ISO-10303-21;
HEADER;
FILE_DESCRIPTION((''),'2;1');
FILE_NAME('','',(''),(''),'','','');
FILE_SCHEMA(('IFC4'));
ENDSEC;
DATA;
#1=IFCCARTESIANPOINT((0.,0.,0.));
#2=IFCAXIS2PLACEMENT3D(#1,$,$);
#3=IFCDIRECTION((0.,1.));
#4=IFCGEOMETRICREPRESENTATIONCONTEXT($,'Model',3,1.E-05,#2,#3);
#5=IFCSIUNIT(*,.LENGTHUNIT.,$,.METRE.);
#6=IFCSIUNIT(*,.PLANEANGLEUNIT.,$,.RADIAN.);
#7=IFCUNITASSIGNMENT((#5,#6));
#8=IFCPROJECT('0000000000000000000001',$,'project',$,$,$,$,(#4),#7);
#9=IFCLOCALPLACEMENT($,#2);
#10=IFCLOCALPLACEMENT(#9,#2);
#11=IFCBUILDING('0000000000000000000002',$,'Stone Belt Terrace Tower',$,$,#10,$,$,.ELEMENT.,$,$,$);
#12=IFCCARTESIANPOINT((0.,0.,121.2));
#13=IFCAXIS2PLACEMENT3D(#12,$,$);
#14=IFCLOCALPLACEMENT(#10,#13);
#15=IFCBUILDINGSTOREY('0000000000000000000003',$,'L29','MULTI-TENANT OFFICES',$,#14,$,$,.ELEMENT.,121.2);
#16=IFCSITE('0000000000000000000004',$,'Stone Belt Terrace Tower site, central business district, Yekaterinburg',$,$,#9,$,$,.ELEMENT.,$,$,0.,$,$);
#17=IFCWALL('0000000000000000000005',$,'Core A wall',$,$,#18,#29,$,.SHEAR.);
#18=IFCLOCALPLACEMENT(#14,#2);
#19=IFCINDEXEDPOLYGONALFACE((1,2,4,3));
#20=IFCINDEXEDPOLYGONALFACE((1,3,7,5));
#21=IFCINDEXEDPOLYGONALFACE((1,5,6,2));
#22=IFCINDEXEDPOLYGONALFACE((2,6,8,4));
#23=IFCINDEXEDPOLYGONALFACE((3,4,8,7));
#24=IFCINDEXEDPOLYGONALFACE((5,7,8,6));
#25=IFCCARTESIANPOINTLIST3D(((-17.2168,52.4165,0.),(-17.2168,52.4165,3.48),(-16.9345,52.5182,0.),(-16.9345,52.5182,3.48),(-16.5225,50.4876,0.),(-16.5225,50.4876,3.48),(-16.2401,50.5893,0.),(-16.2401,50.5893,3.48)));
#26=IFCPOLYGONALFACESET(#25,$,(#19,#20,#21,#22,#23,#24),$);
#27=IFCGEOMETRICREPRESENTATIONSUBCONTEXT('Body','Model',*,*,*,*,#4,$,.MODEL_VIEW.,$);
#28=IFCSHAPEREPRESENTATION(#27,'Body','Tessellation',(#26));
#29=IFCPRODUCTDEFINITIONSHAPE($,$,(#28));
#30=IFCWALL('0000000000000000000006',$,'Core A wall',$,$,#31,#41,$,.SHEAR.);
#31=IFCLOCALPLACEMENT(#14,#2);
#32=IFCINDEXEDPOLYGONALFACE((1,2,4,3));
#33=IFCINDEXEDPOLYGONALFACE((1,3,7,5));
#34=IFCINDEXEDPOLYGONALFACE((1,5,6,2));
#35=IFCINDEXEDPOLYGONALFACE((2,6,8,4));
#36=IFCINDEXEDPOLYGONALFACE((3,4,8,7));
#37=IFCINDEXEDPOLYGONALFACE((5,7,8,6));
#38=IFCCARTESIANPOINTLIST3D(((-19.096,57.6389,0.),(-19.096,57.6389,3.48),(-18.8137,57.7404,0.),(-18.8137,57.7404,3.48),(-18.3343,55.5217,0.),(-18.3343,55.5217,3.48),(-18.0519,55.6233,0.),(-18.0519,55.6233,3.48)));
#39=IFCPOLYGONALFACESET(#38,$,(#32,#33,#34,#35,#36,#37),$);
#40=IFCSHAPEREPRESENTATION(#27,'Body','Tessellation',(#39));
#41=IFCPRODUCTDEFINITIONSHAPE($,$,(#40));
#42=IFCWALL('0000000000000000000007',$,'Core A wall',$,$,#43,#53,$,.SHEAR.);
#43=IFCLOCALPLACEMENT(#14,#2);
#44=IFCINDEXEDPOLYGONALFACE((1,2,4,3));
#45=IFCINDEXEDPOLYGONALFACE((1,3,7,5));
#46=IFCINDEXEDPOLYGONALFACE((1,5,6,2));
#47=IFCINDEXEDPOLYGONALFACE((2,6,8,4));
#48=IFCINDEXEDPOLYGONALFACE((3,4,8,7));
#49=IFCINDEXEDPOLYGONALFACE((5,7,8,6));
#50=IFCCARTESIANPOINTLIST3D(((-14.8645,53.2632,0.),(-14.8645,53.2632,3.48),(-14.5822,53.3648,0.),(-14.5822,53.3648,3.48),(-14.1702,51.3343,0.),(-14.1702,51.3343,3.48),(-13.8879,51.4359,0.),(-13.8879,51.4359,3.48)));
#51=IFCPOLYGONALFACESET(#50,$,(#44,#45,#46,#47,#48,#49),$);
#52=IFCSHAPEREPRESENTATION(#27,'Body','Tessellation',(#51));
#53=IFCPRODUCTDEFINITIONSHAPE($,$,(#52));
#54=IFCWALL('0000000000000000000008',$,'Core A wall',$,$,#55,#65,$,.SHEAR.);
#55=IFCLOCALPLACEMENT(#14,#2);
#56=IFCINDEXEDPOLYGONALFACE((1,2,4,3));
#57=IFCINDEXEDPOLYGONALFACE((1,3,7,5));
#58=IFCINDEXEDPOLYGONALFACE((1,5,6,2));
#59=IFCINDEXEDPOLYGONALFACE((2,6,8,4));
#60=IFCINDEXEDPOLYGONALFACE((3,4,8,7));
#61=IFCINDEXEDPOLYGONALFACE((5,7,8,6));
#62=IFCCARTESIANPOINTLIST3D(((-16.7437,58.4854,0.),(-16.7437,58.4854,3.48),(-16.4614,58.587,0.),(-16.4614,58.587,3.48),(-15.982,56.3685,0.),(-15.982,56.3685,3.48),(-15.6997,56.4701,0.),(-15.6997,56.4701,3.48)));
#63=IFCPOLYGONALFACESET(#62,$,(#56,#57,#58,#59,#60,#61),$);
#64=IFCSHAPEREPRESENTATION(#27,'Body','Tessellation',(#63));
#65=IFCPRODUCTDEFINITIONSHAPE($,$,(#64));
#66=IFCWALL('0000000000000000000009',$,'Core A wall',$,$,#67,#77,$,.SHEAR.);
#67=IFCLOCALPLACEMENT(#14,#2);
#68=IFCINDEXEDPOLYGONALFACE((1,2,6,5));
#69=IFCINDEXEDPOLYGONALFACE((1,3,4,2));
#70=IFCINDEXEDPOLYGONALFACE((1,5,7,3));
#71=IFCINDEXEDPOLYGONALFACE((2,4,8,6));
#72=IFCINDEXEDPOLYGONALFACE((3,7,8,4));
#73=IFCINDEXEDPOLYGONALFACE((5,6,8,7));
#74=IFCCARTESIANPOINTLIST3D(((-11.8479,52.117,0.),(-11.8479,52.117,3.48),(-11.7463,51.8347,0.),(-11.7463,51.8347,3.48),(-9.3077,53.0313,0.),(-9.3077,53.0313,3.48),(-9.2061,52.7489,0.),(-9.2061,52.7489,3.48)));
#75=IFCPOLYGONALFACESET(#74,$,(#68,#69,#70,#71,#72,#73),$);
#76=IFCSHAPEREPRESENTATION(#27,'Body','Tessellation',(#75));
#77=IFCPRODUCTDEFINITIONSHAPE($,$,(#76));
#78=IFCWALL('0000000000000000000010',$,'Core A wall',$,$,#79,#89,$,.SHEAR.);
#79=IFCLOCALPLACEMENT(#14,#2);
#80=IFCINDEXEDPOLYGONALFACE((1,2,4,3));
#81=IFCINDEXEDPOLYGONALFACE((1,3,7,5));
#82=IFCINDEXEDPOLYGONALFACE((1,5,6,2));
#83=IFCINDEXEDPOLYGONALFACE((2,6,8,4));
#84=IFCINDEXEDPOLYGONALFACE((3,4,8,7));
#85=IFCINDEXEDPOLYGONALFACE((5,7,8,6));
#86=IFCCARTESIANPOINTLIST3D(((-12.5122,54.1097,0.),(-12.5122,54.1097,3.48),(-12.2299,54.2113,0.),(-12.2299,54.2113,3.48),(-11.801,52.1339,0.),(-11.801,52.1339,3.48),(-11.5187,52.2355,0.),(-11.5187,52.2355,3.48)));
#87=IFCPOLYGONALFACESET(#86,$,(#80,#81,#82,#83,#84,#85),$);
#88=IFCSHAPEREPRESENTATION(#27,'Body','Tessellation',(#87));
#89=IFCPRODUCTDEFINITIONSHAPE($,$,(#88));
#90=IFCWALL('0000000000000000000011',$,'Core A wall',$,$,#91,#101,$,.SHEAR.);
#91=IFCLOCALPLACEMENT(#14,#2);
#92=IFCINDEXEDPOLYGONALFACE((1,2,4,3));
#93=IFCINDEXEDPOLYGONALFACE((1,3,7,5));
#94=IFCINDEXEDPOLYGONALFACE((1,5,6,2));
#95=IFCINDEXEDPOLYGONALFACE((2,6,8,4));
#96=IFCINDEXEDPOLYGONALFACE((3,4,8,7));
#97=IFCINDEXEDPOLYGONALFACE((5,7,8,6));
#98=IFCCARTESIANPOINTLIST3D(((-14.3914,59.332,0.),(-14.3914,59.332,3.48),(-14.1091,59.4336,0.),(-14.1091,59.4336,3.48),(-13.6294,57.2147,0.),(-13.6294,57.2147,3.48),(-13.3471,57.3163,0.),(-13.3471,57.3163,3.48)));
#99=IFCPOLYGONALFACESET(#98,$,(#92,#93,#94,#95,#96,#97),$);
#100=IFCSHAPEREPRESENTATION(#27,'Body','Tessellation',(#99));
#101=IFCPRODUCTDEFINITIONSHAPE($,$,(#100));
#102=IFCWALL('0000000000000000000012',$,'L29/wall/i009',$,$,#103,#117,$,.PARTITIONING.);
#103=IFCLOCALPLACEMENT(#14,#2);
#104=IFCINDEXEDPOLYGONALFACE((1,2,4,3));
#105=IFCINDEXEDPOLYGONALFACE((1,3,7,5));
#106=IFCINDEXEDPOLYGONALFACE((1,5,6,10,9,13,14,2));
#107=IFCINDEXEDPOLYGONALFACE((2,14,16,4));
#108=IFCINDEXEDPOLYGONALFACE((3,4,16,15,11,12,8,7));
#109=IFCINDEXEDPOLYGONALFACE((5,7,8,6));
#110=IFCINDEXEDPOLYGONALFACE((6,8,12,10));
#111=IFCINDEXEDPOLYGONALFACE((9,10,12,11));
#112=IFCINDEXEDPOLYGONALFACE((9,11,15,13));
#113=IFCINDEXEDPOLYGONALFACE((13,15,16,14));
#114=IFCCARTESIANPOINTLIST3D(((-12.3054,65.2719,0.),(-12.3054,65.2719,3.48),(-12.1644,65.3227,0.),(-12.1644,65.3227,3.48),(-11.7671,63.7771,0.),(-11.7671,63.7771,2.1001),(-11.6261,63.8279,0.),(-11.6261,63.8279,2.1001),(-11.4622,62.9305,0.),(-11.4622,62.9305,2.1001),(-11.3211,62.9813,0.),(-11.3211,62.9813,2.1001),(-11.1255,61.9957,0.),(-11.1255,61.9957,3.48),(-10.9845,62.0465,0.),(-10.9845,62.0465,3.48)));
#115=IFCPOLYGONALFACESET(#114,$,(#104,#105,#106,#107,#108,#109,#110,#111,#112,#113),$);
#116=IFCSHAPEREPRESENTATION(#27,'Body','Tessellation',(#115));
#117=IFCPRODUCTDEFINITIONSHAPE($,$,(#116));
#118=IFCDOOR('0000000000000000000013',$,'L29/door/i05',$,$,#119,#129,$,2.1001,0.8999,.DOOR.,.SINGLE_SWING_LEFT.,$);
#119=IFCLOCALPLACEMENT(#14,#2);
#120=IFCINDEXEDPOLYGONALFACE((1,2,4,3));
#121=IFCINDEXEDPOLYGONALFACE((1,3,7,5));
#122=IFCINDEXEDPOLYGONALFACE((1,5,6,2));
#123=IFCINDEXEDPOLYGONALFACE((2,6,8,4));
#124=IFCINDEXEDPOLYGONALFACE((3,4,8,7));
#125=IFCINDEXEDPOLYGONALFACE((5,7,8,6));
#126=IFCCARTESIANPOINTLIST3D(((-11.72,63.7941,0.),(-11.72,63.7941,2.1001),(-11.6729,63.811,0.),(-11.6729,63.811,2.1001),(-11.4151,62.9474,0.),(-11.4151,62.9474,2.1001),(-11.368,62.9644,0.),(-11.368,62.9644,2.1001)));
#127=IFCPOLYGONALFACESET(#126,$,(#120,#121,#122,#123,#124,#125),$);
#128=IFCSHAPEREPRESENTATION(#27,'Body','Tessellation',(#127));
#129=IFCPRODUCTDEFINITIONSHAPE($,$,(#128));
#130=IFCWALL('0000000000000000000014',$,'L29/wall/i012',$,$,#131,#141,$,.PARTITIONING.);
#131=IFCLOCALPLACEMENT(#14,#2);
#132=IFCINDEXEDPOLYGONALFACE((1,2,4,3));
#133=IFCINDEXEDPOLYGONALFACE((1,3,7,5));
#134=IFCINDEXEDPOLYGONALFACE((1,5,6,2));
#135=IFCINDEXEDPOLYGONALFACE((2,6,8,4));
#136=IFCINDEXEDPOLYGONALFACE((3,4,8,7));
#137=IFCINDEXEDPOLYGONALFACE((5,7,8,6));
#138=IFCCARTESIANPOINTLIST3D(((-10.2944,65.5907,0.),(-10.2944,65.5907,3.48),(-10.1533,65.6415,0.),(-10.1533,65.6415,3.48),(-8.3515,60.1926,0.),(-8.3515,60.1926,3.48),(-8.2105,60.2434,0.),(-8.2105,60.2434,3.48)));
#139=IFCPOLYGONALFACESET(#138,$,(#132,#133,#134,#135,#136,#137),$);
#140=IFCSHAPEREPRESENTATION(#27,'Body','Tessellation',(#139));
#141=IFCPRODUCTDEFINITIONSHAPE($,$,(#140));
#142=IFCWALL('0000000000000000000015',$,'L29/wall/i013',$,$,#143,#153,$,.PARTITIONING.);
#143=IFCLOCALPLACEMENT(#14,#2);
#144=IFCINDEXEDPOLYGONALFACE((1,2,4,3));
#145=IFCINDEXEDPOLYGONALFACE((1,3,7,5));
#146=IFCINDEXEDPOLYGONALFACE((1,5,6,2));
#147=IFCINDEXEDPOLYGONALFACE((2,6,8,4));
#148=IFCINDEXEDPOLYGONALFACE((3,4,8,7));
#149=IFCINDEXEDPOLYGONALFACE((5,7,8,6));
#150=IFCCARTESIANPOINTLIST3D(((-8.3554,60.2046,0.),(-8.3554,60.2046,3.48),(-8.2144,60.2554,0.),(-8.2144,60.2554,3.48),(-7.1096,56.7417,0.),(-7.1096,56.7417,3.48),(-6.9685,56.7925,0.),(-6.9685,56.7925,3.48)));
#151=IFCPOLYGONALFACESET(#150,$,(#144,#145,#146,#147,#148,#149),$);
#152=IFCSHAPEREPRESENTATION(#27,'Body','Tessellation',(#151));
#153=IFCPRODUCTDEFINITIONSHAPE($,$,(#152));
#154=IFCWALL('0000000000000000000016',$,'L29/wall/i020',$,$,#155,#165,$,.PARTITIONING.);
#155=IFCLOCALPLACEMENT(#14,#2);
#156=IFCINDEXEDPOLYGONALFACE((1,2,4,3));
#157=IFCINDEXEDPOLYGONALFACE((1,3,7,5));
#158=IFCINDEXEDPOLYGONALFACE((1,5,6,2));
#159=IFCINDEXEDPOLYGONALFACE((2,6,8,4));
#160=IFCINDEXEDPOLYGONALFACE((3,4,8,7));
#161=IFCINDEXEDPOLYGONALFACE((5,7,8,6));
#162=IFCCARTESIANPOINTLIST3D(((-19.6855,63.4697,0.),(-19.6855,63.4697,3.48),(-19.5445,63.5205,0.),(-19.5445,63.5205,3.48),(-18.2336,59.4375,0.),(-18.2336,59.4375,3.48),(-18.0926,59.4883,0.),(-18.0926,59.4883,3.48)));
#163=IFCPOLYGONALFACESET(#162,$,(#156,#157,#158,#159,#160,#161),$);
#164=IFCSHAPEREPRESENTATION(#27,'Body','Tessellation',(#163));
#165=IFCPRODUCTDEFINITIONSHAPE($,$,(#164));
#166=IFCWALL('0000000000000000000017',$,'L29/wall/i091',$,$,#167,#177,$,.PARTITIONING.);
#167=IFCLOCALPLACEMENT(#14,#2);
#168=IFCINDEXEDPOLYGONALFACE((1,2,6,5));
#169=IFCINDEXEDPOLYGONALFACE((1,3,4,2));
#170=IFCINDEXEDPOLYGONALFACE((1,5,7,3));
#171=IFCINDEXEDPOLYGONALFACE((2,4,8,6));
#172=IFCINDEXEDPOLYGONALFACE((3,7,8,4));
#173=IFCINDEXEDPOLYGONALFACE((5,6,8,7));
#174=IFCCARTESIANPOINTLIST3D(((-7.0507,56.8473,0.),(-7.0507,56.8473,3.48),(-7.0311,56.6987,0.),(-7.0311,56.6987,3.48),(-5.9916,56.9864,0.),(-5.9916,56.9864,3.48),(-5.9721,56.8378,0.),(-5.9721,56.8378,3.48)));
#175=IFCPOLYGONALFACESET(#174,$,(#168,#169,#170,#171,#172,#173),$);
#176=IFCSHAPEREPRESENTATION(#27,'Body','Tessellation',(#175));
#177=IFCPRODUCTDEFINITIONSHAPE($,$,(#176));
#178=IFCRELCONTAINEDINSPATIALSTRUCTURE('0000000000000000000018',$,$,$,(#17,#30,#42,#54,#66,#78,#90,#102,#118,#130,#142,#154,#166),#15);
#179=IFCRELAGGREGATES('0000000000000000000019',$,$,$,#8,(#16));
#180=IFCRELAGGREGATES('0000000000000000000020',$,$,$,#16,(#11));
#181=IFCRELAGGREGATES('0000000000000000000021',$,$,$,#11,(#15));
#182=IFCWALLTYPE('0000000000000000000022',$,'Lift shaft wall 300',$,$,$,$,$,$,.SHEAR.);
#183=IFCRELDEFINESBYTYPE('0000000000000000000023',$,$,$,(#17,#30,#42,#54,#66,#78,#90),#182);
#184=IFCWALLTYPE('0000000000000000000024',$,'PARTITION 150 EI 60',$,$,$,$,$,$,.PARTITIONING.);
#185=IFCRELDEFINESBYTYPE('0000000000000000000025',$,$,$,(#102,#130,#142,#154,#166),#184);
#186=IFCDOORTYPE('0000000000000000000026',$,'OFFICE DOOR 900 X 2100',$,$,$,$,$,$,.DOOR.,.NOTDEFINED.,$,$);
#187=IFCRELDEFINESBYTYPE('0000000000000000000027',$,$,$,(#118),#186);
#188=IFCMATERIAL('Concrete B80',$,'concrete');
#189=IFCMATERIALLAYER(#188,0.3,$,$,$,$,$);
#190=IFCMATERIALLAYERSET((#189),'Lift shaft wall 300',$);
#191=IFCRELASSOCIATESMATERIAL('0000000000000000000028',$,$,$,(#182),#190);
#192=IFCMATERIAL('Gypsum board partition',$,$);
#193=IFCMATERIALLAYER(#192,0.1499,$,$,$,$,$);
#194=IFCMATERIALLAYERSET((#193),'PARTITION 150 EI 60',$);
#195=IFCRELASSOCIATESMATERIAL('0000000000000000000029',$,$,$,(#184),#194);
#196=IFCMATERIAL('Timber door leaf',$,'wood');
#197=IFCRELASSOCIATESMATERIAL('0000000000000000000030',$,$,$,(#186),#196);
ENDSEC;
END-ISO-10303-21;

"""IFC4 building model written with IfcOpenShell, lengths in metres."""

from ifc_helpers import new_model, si_unit, direction, frame, frame_2d, origin, place, context, subcontext, project, spatial, rectangle, extrude, material, layer, layer_set, type_object, element, fill, save


model = new_model("IFC4")

# Units and contexts
model_context = context("Model", 3, precision=1e-05, world=origin(), true_north=direction((0.0, 1.0)))
body_context = subcontext(model_context, "Body", "Model", "MODEL_VIEW")
ifc_project = project(units=[si_unit("LENGTHUNIT", "METRE"), si_unit("PLANEANGLEUNIT", "RADIAN")], contexts=[model_context])

# Site, building, storey
site_placement = place(None, origin())
site = spatial("IfcSite", under=ifc_project, at=site_placement, Name="Stone Belt Terrace Tower site, central business district, Yekaterinburg", CompositionType="ELEMENT", RefElevation=0.0)
building_placement = place(site_placement, origin())
building = spatial("IfcBuilding", under=site, at=building_placement, Name="Stone Belt Terrace Tower", CompositionType="ELEMENT")
storey_placement = place(building_placement, frame((0.0, 0.0, 121.2)))
storey = spatial("IfcBuildingStorey", under=building, at=storey_placement, Name="L29", Description="MULTI-TENANT OFFICES", CompositionType="ELEMENT", Elevation=121.2)

# Shared definitions
ifc_material_1 = material(Name="Concrete B80", Category="concrete")

# Walls
ifc_layer_1 = layer(ifc_material_1, 0.3)
ifc_layer_set_1 = layer_set([ifc_layer_1], Name="Lift shaft wall 300")
wall_type_1 = type_object("IfcWallType", Name="Lift shaft wall 300", PredefinedType="SHEAR", material=ifc_layer_set_1)
wall_1_placement = place(storey_placement, frame((-16.3813, 50.5386, 0.0), z_axis=(0.0, 0.0, 1.0), x_axis=(-0.338682, 0.940901, 0.0)))
element("IfcWall", 1, at=wall_1_placement, inside=storey, type_object=wall_type_1, Name="Core A wall", PredefinedType="SHEAR", context=body_context, shape_type="SweptSolid", body=[
    extrude(rectangle(XDim=2.05, YDim=0.3, at=frame_2d((1.0249, 0.0))), origin(), (0.0, 0.0, 1.0), 3.48),
])
wall_2_placement = place(storey_placement, frame((-18.1931, 55.5725, 0.0), z_axis=(0.0, 0.0, 1.0), x_axis=(-0.338535, 0.940954, 0.0)))
element("IfcWall", 2, at=wall_2_placement, inside=storey, type_object=wall_type_1, Name="Core A wall", PredefinedType="SHEAR", context=body_context, shape_type="SweptSolid", body=[
    extrude(rectangle(XDim=2.25, YDim=0.3, at=frame_2d((1.125, 0.0))), origin(), (0.0, 0.0, 1.0), 3.48),
])
wall_3_placement = place(storey_placement, frame((-14.0291, 51.3853, 0.0), z_axis=(0.0, 0.0, 1.0), x_axis=(-0.338682, 0.940901, 0.0)))
element("IfcWall", 3, at=wall_3_placement, inside=storey, type_object=wall_type_1, Name="Core A wall", PredefinedType="SHEAR", context=body_context, shape_type="SweptSolid", body=[
    extrude(rectangle(XDim=2.05, YDim=0.3, at=frame_2d((1.0249, 0.0))), origin(), (0.0, 0.0, 1.0), 3.48),
])
wall_4_placement = place(storey_placement, frame((-15.8408, 56.4192, 0.0), z_axis=(0.0, 0.0, 1.0), x_axis=(-0.33857, 0.940941, 0.0)))
element("IfcWall", 4, at=wall_4_placement, inside=storey, type_object=wall_type_1, Name="Core A wall", PredefinedType="SHEAR", context=body_context, shape_type="SweptSolid", body=[
    extrude(rectangle(XDim=2.2498, YDim=0.3, at=frame_2d((1.125, 0.0))), origin(), (0.0, 0.0, 1.0), 3.48),
])
wall_5_placement = place(storey_placement, frame((-11.7971, 51.9758, 0.0), z_axis=(0.0, 0.0, 1.0), x_axis=(0.94091, 0.338655, 0.0)))
element("IfcWall", 5, at=wall_5_placement, inside=storey, type_object=wall_type_1, Name="Core A wall", PredefinedType="SHEAR", context=body_context, shape_type="SweptSolid", body=[
    extrude(rectangle(XDim=2.6997, YDim=0.3, at=frame_2d((1.3499, 0.0))), origin(), (0.0, 0.0, 1.0), 3.48),
])
wall_6_placement = place(storey_placement, frame((-11.6599, 52.1848, 0.0), z_axis=(0.0, 0.0, 1.0), x_axis=(-0.33867, 0.940905, 0.0)))
element("IfcWall", 6, at=wall_6_placement, inside=storey, type_object=wall_type_1, Name="Core A wall", PredefinedType="SHEAR", context=body_context, shape_type="SweptSolid", body=[
    extrude(rectangle(XDim=2.0999, YDim=0.3, at=frame_2d((1.0498, 0.0))), origin(), (0.0, 0.0, 1.0), 3.48),
])
wall_7_placement = place(storey_placement, frame((-13.4883, 57.2656, 0.0), z_axis=(0.0, 0.0, 1.0), x_axis=(-0.338631, 0.940919, 0.0)))
element("IfcWall", 7, at=wall_7_placement, inside=storey, type_object=wall_type_1, Name="Core A wall", PredefinedType="SHEAR", context=body_context, shape_type="SweptSolid", body=[
    extrude(rectangle(XDim=2.2502, YDim=0.3, at=frame_2d((1.125, 0.0))), origin(), (0.0, 0.0, 1.0), 3.48),
])

# Wall, opening, door
ifc_material_2 = material(Name="Gypsum board partition")
ifc_layer_2 = layer(ifc_material_2, 0.1499)
ifc_layer_set_2 = layer_set([ifc_layer_2], Name="PARTITION 150 EI 60")
wall_type_2 = type_object("IfcWallType", Name="PARTITION 150 EI 60", PredefinedType="PARTITIONING", material=ifc_layer_set_2)
wall_8_placement = place(storey_placement, frame((-11.0549, 62.021, 0.0), z_axis=(0.0, 0.0, 1.0), x_axis=(-0.338854, 0.940839, 0.0)))
wall_8 = element("IfcWall", 8, at=wall_8_placement, inside=storey, type_object=wall_type_2, Name="L29/wall/i009", PredefinedType="PARTITIONING", context=body_context, shape_type="SweptSolid", body=[
    extrude(rectangle(XDim=3.4822, YDim=0.1499, at=frame_2d((1.7412, 0.0))), origin(), (0.0, 0.0, 1.0), 3.48),
])
opening_placement = place(wall_8_placement, frame((0.9937, 0.0, 0.0)))
opening = element("IfcOpeningElement", 9, at=opening_placement, cuts=wall_8, PredefinedType="OPENING", context=body_context, shape_type="SweptSolid", body=[
    extrude(rectangle(XDim=0.8999, YDim=2.1001, at=frame_2d((0.45, 1.05))), frame((0.0, 0.085, 0.0), z_axis=(0.0, -1.0, 0.0), x_axis=(1.0, 0.0, 0.0)), (0.0, 0.0, 1.0), 0.1699),
])
ifc_material_3 = material(Name="Timber door leaf", Category="wood")
door_type = type_object("IfcDoorType", Name="OFFICE DOOR 900 X 2100", OperationType="NOTDEFINED", PredefinedType="DOOR", material=ifc_material_3)
door_placement = place(opening_placement, origin())
door = element("IfcDoor", 10, at=door_placement, inside=storey, type_object=door_type, Name="L29/door/i05", OperationType="SINGLE_SWING_LEFT", OverallHeight=2.1001, OverallWidth=0.8999, PredefinedType="DOOR", context=body_context, shape_type="SweptSolid", body=[
    extrude(rectangle(XDim=0.8999, YDim=2.1001, at=frame_2d((0.45, 1.05))), frame((0.0, 0.0249, 0.0), z_axis=(0.0, -1.0, 0.0), x_axis=(1.0, 0.0, 0.0)), (0.0, 0.0, 1.0), 0.05),
])
fill(opening, door)

# Walls
wall_9_placement = place(storey_placement, frame((-10.2239, 65.6162, 0.0), z_axis=(0.0, 0.0, 1.0), x_axis=(0.338646, -0.940914, 0.0)))
element("IfcWall", 11, at=wall_9_placement, inside=storey, type_object=wall_type_2, Name="L29/wall/i012", PredefinedType="PARTITIONING", context=body_context, shape_type="SweptSolid", body=[
    extrude(rectangle(XDim=5.7371, YDim=0.1499, at=frame_2d((2.8687, 0.0))), origin(), (0.0, 0.0, 1.0), 3.48),
])
wall_10_placement = place(storey_placement, frame((-8.2849, 60.23, 0.0), z_axis=(0.0, 0.0, 1.0), x_axis=(0.338529, -0.940956, 0.0)))
element("IfcWall", 12, at=wall_10_placement, inside=storey, type_object=wall_type_2, Name="L29/wall/i013", PredefinedType="PARTITIONING", context=body_context, shape_type="SweptSolid", body=[
    extrude(rectangle(XDim=3.6802, YDim=0.1499, at=frame_2d((1.8401, 0.0))), origin(), (0.0, 0.0, 1.0), 3.48),
])
wall_11_placement = place(storey_placement, frame((-19.615, 63.4951, 0.0), z_axis=(0.0, 0.0, 1.0), x_axis=(0.338782, -0.940865, 0.0)))
element("IfcWall", 13, at=wall_11_placement, inside=storey, type_object=wall_type_2, Name="L29/wall/i020", PredefinedType="PARTITIONING", context=body_context, shape_type="SweptSolid", body=[
    extrude(rectangle(XDim=4.2856, YDim=0.1499, at=frame_2d((2.1428, 0.0))), origin(), (0.0, 0.0, 1.0), 3.48),
])
wall_12_placement = place(storey_placement, frame((-7.041, 56.7729, 0.0), z_axis=(0.0, 0.0, 1.0), x_axis=(0.991478, 0.130277, 0.0)))
element("IfcWall", 14, at=wall_12_placement, inside=storey, type_object=wall_type_2, Name="L29/wall/i091", PredefinedType="PARTITIONING", context=body_context, shape_type="SweptSolid", body=[
    extrude(rectangle(XDim=1.0681, YDim=0.1499, at=frame_2d((0.5342, 0.0))), origin(), (0.0, 0.0, 1.0), 3.48),
])

save(model, "model.ifc")
